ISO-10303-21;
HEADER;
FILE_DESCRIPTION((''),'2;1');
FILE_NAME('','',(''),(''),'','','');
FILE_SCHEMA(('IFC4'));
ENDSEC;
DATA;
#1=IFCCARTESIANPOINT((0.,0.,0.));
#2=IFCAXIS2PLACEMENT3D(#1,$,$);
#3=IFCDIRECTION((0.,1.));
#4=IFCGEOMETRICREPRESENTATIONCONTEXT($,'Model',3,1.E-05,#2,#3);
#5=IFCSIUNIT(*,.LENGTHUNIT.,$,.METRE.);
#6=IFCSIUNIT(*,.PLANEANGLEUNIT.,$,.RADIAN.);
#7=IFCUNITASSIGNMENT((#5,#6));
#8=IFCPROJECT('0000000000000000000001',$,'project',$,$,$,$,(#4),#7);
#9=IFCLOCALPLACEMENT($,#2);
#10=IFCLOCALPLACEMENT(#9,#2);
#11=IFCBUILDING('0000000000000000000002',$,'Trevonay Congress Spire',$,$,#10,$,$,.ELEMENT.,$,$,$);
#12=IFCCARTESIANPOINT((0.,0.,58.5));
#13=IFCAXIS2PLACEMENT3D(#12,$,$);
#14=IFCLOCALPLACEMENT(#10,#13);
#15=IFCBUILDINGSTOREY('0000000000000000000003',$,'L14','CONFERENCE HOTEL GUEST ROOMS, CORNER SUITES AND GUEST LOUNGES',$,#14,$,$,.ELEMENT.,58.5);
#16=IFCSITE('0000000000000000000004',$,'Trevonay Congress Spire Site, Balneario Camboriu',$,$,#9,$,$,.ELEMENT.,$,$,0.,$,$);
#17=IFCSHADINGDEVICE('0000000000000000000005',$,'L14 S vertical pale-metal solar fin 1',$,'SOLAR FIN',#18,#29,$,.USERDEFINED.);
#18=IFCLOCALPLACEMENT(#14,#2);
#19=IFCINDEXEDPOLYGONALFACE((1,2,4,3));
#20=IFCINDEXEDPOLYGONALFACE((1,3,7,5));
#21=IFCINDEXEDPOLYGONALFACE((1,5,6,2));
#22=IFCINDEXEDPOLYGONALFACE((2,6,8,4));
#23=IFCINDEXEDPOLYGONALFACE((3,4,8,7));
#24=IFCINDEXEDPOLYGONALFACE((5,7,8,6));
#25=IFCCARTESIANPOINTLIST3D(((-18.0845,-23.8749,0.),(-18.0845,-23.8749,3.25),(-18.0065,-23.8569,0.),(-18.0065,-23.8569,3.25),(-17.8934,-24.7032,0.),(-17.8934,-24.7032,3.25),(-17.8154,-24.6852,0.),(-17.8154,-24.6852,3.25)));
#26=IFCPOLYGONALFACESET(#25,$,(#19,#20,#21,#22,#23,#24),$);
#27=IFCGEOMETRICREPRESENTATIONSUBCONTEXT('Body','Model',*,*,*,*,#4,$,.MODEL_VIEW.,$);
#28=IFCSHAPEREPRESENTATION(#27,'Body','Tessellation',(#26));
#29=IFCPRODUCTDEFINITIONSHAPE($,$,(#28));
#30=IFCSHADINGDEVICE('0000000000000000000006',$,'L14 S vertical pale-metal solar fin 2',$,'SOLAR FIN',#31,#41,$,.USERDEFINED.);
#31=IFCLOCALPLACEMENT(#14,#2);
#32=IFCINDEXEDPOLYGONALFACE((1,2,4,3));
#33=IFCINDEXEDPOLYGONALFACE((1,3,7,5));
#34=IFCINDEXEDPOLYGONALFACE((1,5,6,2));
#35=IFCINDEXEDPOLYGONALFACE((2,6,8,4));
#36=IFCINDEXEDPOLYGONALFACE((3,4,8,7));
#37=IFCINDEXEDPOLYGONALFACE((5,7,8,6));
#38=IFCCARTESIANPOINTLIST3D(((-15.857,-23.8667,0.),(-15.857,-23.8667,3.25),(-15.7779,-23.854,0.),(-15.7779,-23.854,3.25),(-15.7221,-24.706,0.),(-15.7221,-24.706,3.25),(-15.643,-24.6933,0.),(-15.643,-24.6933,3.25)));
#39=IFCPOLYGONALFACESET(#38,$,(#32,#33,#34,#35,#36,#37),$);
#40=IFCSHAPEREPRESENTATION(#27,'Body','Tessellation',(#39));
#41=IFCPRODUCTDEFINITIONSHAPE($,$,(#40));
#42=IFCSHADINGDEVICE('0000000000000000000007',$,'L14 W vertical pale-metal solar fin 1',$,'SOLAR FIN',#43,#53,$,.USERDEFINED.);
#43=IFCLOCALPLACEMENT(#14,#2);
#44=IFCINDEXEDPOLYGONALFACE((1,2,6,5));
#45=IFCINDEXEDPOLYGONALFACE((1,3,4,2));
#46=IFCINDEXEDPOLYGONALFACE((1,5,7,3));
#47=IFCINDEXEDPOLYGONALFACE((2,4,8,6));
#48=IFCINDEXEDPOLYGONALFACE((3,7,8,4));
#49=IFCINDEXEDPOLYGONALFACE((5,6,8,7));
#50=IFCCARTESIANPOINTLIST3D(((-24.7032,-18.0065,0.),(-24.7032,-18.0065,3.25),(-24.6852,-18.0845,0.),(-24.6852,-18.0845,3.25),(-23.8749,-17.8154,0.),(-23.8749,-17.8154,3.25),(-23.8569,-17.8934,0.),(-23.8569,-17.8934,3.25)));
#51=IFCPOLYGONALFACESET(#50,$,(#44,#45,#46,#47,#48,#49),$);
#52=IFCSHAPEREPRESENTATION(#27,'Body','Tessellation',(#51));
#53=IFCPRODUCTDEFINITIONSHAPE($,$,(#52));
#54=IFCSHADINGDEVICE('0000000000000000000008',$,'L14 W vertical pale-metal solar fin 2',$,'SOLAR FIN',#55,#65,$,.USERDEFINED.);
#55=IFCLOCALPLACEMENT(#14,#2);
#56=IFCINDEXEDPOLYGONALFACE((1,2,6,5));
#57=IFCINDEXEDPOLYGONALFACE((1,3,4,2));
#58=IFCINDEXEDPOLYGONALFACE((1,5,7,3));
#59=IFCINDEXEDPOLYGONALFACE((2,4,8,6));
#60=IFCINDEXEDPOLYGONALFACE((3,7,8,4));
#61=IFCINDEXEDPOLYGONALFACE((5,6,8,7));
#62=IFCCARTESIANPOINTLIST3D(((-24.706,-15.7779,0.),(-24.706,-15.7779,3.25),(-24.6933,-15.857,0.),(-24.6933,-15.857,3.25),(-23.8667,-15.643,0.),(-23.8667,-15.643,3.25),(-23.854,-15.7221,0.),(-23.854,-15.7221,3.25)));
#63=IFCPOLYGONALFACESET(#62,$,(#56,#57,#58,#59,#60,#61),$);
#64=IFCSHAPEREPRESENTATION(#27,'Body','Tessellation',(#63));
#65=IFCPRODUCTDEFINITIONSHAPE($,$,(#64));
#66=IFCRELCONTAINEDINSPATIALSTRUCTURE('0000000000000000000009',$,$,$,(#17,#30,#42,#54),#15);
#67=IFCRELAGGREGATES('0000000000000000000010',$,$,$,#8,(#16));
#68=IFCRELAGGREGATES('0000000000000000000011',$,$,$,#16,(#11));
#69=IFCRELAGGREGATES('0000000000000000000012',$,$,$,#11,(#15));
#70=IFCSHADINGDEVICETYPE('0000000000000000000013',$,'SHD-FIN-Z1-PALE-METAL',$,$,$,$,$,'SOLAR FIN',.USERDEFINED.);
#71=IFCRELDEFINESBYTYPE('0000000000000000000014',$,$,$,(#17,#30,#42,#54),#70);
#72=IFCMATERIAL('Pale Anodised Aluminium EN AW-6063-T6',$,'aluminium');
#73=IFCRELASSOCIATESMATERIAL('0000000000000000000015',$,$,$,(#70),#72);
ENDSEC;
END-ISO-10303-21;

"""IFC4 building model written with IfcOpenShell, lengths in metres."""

from ifc_helpers import new_model, si_unit, direction, frame, origin, origin_2d, place, context, subcontext, project, spatial, rectangle, extrude, material, type_object, element, save


model = new_model("IFC4")

# Units and contexts
model_context = context("Model", 3, precision=1e-05, world=origin(), true_north=direction((0.0, 1.0)))
body_context = subcontext(model_context, "Body", "Model", "MODEL_VIEW")
ifc_project = project(units=[si_unit("LENGTHUNIT", "METRE"), si_unit("PLANEANGLEUNIT", "RADIAN")], contexts=[model_context])

# Site, building, storey
site_placement = place(None, origin())
site = spatial("IfcSite", under=ifc_project, at=site_placement, Name="Trevonay Congress Spire Site, Balneario Camboriu", CompositionType="ELEMENT", RefElevation=0.0)
building_placement = place(site_placement, origin())
building = spatial("IfcBuilding", under=site, at=building_placement, Name="Trevonay Congress Spire", CompositionType="ELEMENT")
storey_placement = place(building_placement, frame((0.0, 0.0, 58.5)))
storey = spatial("IfcBuildingStorey", under=building, at=storey_placement, Name="L14", Description="CONFERENCE HOTEL GUEST ROOMS, CORNER SUITES AND GUEST LOUNGES", CompositionType="ELEMENT", Elevation=58.5)

# Shared definitions
ifc_material_1 = material(Name="Pale Anodised Aluminium EN AW-6063-T6", Category="aluminium")

# Shading devices
shading_device_type = type_object("IfcShadingDeviceType", Name="SHD-FIN-Z1-PALE-METAL", ElementType="SOLAR FIN", PredefinedType="USERDEFINED", material=ifc_material_1)
for number, where, z_axis, x_axis, name in (
    (1, (-17.95, -24.28, 0.0), (0.0, 0.0, 1.0), (0.974409, 0.224781, 0.0), "L14 S vertical pale-metal solar fin 1"),
    (2, (-15.75, -24.28, 0.0), (0.0, 0.0, 1.0), (0.987331, 0.158675, 0.0), "L14 S vertical pale-metal solar fin 2"),
    (3, (-24.28, -17.95, 0.0), (0.0, 0.0, 1.0), (-0.224781, 0.974409, 0.0), "L14 W vertical pale-metal solar fin 1"),
    (4, (-24.28, -15.75, 0.0), (0.0, 0.0, 1.0), (-0.158675, 0.987331, 0.0), "L14 W vertical pale-metal solar fin 2"),
):
    element("IfcShadingDevice", number, at=place(storey_placement, frame(where, z_axis=z_axis, x_axis=x_axis)), inside=storey, type_object=shading_device_type, Name=name, ObjectType="SOLAR FIN", PredefinedType="USERDEFINED", context=body_context, shape_type="SweptSolid", body=[
        extrude(rectangle(XDim=0.0801, YDim=0.8501, at=origin_2d()), origin(), (0.0, 0.0, 1.0), 3.25),
    ])

save(model, "model.ifc")
